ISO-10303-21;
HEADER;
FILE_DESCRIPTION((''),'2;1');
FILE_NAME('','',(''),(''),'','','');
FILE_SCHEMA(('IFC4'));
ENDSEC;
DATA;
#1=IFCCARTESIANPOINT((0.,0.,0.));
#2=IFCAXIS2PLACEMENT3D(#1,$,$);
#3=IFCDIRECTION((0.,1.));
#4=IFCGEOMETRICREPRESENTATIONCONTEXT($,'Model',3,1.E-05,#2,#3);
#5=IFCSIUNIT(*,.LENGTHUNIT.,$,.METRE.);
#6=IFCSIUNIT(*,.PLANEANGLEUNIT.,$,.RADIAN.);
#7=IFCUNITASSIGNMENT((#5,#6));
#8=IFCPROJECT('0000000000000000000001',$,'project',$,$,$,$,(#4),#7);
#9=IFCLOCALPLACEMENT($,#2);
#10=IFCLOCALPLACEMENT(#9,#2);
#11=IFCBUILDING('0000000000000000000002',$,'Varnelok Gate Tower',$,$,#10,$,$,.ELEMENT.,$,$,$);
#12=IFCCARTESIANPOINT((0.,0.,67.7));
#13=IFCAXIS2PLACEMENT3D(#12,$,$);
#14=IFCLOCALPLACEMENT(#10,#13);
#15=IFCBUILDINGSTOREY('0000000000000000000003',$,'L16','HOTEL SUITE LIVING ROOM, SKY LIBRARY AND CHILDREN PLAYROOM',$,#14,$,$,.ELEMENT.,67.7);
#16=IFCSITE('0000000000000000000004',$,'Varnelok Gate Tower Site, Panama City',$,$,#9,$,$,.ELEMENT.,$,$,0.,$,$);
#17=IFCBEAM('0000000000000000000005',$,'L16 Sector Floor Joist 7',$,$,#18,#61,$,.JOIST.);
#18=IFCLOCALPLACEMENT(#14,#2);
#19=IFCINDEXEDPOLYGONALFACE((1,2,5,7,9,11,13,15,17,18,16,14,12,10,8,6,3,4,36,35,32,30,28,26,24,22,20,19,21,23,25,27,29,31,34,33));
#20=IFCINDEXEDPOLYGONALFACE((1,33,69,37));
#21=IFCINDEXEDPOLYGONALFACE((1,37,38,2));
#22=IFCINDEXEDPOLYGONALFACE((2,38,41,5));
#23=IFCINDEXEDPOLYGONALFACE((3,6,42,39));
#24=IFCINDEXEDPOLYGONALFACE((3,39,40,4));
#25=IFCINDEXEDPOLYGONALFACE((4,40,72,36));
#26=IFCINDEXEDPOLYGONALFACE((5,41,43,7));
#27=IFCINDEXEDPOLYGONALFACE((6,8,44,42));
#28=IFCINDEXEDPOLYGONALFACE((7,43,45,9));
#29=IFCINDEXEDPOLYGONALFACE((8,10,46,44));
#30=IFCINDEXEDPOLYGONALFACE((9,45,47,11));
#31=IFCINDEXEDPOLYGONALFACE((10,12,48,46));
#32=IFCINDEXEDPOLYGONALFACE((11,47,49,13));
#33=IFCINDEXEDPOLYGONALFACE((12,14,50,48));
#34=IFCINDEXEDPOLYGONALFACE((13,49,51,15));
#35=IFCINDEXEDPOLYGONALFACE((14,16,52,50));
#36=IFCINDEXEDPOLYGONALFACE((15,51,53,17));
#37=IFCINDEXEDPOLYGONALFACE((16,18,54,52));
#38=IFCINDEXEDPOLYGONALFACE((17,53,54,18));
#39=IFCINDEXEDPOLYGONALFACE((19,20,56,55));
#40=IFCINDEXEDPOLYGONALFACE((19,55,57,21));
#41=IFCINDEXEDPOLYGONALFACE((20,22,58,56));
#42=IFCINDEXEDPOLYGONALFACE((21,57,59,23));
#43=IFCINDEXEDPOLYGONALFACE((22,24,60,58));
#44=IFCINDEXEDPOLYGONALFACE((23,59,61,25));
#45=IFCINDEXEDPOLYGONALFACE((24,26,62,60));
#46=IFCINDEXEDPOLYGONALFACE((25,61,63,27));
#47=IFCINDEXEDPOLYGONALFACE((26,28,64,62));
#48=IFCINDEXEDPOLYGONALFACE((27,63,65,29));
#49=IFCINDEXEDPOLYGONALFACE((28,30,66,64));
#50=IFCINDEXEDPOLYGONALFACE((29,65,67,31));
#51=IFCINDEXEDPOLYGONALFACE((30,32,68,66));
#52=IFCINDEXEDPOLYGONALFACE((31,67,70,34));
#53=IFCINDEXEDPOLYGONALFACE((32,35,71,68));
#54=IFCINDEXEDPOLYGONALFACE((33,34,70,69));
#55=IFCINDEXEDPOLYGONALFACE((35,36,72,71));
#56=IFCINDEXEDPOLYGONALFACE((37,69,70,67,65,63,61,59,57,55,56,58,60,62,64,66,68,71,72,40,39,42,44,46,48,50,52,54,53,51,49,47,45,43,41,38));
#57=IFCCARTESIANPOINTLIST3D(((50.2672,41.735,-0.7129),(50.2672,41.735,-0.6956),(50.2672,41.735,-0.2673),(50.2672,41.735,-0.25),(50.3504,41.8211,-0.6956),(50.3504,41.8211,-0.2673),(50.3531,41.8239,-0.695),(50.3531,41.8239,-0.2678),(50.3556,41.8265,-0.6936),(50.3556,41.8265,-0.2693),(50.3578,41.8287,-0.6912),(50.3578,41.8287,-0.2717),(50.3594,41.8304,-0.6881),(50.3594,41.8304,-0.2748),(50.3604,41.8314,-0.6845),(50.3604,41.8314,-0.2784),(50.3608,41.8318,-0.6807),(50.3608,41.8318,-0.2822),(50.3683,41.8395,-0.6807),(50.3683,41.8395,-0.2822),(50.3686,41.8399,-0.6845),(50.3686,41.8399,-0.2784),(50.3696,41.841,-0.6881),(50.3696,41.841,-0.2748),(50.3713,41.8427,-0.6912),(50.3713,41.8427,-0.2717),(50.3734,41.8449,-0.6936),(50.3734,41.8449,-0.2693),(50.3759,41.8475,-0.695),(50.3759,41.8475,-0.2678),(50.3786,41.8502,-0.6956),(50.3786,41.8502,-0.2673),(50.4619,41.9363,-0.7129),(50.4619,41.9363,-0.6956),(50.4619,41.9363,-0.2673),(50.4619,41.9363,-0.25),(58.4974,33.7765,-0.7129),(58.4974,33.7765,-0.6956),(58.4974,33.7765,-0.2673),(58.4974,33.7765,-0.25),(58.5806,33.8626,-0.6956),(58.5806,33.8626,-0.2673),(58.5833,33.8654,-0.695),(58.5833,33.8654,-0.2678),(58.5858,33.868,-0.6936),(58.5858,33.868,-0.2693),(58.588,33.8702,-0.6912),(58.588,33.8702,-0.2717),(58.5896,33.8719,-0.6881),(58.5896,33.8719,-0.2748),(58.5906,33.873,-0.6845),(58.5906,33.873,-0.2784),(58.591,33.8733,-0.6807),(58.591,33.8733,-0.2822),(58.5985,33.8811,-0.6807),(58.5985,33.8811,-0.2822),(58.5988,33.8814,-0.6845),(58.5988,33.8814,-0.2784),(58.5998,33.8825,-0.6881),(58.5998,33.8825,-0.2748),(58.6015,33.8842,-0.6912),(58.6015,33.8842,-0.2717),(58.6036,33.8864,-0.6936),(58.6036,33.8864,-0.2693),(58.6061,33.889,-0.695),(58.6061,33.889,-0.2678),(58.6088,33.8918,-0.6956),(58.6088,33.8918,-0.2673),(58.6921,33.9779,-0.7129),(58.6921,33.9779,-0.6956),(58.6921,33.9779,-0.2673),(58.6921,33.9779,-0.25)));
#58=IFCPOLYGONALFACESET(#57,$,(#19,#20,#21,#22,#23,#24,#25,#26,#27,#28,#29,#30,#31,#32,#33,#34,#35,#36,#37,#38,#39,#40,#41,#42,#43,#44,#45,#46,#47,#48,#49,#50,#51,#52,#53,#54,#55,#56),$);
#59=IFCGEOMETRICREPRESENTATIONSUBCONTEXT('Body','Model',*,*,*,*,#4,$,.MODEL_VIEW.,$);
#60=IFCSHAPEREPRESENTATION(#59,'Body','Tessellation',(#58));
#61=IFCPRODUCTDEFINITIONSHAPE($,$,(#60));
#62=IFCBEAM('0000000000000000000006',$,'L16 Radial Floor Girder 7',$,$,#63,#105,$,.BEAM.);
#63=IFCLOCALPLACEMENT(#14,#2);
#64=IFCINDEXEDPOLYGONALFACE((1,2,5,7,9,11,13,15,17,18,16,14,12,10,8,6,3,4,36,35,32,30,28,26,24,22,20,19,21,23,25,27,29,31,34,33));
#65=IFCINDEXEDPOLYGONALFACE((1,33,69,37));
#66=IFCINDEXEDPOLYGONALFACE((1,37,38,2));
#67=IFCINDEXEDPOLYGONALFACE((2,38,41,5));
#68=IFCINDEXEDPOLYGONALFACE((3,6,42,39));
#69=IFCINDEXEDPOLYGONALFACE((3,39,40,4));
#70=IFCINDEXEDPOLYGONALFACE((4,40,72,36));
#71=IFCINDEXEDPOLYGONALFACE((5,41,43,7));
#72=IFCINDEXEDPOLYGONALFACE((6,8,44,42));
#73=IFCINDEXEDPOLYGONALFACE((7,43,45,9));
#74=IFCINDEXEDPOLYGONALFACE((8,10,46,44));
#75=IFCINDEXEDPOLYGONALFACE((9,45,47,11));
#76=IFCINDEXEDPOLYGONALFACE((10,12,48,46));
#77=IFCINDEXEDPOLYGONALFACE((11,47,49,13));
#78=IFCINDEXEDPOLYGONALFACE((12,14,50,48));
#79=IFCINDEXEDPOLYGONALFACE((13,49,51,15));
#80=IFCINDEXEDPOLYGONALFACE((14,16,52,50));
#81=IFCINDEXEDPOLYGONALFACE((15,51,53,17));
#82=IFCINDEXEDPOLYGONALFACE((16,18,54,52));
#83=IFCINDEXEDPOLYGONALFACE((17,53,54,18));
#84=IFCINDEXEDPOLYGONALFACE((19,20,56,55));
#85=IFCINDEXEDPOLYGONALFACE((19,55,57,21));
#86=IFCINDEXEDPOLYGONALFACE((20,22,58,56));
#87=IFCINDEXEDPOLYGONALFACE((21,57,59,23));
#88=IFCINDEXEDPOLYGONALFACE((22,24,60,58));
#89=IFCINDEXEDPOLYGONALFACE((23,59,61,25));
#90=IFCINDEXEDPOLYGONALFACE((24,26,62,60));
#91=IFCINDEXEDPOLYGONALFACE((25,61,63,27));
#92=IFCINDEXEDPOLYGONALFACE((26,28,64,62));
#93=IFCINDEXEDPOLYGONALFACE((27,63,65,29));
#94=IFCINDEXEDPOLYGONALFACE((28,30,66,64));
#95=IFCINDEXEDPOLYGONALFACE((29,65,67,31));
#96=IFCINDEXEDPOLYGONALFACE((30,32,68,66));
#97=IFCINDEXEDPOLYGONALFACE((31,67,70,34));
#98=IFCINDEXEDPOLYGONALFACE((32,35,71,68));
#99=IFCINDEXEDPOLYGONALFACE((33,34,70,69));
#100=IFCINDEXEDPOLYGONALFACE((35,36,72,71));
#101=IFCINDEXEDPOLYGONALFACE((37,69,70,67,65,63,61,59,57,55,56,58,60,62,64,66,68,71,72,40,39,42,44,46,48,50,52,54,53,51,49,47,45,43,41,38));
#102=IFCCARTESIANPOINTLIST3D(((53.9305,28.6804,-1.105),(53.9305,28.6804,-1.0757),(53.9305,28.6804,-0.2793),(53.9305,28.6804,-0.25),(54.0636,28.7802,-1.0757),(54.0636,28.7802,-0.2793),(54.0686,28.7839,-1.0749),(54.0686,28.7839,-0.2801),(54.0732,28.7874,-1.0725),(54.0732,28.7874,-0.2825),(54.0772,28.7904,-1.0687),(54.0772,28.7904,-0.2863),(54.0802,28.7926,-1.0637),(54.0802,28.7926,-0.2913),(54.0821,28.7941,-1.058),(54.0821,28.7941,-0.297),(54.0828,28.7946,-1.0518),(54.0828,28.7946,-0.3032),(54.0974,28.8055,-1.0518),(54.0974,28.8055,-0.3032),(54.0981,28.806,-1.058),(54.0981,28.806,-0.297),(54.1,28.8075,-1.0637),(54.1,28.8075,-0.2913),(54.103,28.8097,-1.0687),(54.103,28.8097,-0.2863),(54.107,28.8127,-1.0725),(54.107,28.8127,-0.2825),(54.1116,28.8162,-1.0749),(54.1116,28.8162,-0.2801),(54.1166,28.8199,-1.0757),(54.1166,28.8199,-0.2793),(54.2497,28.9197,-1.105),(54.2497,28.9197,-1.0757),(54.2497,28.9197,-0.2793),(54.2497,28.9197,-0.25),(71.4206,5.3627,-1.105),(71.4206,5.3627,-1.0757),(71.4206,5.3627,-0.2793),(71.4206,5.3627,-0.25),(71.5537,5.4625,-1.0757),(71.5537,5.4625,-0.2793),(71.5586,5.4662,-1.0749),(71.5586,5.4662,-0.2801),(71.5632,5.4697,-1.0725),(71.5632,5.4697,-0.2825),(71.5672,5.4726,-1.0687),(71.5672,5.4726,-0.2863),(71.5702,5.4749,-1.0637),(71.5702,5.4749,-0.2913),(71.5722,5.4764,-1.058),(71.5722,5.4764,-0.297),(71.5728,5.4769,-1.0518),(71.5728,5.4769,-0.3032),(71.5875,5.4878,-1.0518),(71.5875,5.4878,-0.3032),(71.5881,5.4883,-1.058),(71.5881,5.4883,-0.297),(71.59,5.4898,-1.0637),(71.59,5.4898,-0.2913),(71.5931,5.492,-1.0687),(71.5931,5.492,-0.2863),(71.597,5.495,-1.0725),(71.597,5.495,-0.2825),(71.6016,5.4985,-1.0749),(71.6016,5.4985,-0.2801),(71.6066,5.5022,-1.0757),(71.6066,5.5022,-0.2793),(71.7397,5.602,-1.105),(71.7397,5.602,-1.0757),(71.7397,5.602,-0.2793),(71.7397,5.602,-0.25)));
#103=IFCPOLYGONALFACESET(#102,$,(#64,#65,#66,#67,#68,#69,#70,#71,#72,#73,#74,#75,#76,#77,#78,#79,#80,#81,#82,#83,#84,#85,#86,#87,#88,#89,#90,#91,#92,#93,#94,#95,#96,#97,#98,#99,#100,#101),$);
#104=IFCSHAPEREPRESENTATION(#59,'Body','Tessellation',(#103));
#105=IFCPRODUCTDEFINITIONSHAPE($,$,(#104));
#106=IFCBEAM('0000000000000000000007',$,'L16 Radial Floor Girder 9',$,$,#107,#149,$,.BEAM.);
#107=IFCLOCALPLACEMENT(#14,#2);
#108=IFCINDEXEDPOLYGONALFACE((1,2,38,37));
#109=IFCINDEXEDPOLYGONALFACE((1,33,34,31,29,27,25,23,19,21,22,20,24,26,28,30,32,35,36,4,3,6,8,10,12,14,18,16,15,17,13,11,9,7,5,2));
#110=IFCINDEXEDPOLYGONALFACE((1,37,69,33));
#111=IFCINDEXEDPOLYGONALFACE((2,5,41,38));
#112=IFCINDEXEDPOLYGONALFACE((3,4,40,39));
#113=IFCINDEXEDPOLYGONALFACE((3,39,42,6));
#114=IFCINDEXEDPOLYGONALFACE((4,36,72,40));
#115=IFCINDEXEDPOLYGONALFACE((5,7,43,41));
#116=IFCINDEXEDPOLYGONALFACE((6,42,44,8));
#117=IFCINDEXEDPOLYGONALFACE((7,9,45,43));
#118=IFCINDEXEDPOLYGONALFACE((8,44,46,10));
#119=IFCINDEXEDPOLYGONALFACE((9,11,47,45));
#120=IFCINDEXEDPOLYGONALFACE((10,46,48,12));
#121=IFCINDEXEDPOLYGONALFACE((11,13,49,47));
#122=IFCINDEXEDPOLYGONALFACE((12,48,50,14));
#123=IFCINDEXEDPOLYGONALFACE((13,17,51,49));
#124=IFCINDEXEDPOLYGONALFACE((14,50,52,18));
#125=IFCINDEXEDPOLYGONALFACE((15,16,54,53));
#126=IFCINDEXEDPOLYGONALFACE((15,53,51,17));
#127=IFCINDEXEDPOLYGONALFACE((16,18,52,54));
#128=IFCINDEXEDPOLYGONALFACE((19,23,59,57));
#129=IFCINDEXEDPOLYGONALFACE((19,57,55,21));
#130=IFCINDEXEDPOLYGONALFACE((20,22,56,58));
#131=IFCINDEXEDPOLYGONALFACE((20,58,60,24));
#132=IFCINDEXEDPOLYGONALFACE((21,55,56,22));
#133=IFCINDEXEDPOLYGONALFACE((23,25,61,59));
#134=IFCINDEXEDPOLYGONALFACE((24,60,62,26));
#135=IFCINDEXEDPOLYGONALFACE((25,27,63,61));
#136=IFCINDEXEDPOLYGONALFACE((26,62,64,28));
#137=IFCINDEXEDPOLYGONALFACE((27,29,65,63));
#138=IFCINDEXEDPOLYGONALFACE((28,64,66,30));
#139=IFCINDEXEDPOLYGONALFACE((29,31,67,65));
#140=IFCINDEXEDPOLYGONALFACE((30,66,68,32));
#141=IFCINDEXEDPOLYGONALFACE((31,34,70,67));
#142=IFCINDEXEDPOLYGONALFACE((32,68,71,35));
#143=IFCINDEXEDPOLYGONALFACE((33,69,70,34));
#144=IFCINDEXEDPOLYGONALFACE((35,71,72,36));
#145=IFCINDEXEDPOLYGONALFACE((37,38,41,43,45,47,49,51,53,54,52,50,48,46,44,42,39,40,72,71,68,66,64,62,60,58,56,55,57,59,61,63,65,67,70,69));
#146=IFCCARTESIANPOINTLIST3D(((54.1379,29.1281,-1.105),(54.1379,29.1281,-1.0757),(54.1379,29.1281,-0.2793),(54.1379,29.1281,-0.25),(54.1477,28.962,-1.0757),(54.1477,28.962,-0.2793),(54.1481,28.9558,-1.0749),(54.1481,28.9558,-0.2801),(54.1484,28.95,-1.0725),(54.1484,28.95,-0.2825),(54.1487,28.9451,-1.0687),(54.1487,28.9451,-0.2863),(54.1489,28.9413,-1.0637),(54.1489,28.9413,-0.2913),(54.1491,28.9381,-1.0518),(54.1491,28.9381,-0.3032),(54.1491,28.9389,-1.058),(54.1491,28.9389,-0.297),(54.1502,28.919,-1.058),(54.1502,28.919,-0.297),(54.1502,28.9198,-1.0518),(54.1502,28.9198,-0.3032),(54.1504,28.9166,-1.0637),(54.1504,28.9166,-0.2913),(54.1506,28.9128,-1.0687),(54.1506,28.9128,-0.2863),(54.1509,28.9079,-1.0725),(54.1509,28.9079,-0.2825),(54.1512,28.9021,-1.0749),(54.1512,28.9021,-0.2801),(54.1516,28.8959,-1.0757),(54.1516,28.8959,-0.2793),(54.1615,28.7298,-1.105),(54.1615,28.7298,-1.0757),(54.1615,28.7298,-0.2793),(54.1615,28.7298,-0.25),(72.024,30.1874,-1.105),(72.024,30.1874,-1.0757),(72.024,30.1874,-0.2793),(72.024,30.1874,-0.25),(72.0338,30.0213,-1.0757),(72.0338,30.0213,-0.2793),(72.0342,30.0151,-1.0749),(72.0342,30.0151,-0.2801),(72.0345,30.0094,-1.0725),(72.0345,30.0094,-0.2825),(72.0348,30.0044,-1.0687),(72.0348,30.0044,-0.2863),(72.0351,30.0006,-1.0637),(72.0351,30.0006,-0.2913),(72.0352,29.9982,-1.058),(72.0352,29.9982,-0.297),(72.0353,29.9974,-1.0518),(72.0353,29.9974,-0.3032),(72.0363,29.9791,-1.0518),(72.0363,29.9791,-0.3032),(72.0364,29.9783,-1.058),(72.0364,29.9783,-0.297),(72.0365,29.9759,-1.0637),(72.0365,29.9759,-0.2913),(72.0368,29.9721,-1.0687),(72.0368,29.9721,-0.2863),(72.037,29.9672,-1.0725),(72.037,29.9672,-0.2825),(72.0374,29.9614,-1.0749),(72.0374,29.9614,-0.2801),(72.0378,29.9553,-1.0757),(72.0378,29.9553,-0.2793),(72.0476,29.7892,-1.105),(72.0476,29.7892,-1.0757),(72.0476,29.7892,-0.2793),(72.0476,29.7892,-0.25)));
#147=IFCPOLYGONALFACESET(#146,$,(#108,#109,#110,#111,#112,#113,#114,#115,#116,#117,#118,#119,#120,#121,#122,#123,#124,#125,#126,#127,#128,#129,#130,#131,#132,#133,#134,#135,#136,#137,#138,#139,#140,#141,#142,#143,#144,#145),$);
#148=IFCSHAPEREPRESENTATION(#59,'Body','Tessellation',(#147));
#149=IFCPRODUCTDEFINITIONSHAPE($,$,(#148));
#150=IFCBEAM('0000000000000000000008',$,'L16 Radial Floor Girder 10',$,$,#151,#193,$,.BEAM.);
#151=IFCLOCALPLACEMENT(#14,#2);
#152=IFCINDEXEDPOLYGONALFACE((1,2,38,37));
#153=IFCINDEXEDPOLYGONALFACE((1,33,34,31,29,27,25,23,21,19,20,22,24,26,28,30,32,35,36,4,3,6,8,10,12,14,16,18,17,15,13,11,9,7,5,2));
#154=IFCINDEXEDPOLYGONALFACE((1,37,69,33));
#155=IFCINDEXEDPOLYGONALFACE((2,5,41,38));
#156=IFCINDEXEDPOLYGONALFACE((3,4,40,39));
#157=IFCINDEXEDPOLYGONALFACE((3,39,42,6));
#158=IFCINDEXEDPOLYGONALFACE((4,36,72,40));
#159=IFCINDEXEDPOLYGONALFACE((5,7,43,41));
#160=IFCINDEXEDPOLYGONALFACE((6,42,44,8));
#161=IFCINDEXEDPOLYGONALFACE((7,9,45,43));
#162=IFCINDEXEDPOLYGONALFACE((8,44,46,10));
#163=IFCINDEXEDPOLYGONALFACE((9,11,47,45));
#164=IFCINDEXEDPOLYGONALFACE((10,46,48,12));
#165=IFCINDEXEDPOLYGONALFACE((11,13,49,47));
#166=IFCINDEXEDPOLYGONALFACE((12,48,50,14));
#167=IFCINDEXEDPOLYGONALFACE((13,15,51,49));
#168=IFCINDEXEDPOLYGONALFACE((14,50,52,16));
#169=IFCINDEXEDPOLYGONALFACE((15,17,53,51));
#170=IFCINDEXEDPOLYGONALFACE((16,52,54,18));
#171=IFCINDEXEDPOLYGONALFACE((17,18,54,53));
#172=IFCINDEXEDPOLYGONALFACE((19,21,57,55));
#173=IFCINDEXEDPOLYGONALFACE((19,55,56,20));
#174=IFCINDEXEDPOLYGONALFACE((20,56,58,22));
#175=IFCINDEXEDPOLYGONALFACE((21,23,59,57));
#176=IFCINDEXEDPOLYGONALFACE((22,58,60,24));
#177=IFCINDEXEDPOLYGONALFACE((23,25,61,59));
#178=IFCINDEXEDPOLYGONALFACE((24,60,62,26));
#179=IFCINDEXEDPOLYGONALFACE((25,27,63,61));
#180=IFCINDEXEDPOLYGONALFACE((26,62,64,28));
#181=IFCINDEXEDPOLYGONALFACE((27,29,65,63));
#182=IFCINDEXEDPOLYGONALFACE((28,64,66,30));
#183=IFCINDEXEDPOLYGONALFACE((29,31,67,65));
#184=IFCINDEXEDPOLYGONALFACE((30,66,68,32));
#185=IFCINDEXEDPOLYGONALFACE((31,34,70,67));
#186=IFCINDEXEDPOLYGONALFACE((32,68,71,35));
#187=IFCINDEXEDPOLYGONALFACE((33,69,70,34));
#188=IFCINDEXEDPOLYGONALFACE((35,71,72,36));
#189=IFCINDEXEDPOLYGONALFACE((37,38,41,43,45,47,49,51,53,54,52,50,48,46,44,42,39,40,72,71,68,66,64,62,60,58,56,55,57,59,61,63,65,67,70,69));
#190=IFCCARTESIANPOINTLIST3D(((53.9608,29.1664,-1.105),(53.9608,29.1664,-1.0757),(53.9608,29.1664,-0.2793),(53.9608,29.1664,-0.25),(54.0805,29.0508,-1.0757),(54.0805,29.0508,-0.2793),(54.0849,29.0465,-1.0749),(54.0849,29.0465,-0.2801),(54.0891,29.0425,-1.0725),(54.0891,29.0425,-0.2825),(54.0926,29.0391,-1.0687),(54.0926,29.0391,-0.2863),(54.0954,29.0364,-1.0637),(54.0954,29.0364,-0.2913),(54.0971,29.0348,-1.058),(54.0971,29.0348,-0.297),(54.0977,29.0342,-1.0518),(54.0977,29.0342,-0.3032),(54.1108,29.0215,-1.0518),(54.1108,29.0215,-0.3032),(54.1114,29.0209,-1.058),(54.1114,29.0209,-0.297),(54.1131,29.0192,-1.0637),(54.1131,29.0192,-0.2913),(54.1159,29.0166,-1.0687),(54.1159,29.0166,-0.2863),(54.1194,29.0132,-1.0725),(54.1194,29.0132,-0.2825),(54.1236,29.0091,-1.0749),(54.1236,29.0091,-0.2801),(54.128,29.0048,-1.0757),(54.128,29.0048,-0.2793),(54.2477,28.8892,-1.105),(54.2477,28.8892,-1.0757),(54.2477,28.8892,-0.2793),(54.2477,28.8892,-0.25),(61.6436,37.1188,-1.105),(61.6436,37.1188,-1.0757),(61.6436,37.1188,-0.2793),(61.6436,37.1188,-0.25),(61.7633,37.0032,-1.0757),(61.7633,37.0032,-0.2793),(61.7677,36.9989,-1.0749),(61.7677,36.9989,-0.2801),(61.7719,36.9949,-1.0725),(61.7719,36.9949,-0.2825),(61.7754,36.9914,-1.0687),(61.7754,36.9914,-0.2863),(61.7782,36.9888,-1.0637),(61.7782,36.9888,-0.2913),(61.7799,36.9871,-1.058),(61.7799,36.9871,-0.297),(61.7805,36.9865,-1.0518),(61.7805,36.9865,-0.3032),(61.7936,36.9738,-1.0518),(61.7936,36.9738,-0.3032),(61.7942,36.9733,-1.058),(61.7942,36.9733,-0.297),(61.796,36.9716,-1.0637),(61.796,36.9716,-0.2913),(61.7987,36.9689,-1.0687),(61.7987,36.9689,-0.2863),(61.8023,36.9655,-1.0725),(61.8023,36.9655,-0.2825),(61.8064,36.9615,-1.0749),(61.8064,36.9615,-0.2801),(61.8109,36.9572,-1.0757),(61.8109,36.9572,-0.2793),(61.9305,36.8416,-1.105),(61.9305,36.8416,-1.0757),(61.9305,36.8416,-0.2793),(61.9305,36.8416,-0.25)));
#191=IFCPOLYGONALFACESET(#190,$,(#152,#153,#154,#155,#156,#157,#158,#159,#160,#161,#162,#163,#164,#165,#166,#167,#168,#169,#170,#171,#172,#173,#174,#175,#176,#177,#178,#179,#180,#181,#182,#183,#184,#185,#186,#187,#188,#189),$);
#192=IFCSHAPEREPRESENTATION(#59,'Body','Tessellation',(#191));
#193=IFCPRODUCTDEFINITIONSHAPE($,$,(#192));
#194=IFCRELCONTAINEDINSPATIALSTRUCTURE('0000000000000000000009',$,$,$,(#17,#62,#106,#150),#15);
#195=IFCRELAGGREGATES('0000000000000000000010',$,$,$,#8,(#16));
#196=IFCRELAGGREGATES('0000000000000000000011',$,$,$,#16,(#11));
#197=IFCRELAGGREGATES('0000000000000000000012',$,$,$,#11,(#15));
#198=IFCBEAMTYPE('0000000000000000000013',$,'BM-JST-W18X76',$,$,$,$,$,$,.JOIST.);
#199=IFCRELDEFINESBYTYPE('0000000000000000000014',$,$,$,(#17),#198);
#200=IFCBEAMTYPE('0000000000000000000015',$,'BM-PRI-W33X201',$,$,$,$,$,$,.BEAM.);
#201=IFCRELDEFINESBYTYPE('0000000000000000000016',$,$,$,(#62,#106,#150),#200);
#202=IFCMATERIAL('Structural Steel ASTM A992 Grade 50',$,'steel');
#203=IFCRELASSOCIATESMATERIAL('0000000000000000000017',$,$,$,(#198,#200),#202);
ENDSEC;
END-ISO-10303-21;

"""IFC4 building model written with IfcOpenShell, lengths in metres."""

from ifc_helpers import new_model, si_unit, direction, frame, origin, origin_2d, place, context, subcontext, project, spatial, i_section, extrude, material, material_profile, profile_set, type_object, element, save


model = new_model("IFC4")

# Units and contexts
model_context = context("Model", 3, precision=1e-05, world=origin(), true_north=direction((0.0, 1.0)))
body_context = subcontext(model_context, "Body", "Model", "MODEL_VIEW")
ifc_project = project(units=[si_unit("LENGTHUNIT", "METRE"), si_unit("PLANEANGLEUNIT", "RADIAN")], contexts=[model_context])

# Site, building, storey
site_placement = place(None, origin())
site = spatial("IfcSite", under=ifc_project, at=site_placement, Name="Varnelok Gate Tower Site, Panama City", CompositionType="ELEMENT", RefElevation=0.0)
building_placement = place(site_placement, origin())
building = spatial("IfcBuilding", under=site, at=building_placement, Name="Varnelok Gate Tower", CompositionType="ELEMENT")
storey_placement = place(building_placement, frame((0.0, 0.0, 67.7)))
storey = spatial("IfcBuildingStorey", under=building, at=storey_placement, Name="L16", Description="HOTEL SUITE LIVING ROOM, SKY LIBRARY AND CHILDREN PLAYROOM", CompositionType="ELEMENT", Elevation=67.7)

# Shared definitions
ifc_material_1 = material(Name="Structural Steel ASTM A992 Grade 50", Category="steel")

# Beams
ifc_material_profile_1 = material_profile(ifc_material_1, i_section(OverallWidth=0.28, OverallDepth=0.4629, WebThickness=0.0107, FlangeThickness=0.0173, FilletRadius=0.0149, at=origin_2d()), Name="W18X76")
ifc_profile_set_1 = profile_set([ifc_material_profile_1], Name="Structural Steel ASTM A992 Grade 50")
beam_type_1 = type_object("IfcBeamType", Name="BM-JST-W18X76", PredefinedType="JOIST", material=ifc_profile_set_1)
beam_1_placement = place(storey_placement, frame((58.5947, 33.8772, -0.4814), z_axis=(-0.718874, 0.69514, 0.0), x_axis=(-0.69514, -0.718874, 0.0)))
element("IfcBeam", 1, at=beam_1_placement, inside=storey, type_object=beam_type_1, Name="L16 Sector Floor Joist 7", PredefinedType="JOIST", context=body_context, shape_type="SweptSolid", body=[
    extrude(i_section(OverallWidth=0.28, OverallDepth=0.4629, WebThickness=0.0107, FlangeThickness=0.0173, FilletRadius=0.0149, at=origin_2d()), origin(), (0.0, 0.0, 1.0), 11.4487),
])
ifc_material_profile_2 = material_profile(ifc_material_1, i_section(OverallWidth=0.3989, OverallDepth=0.855, WebThickness=0.0183, FlangeThickness=0.0293, FilletRadius=0.0239, at=origin_2d()), Name="W33X201")
ifc_profile_set_2 = profile_set([ifc_material_profile_2], Name="Structural Steel ASTM A992 Grade 50")
beam_type_2 = type_object("IfcBeamType", Name="BM-PRI-W33X201", PredefinedType="BEAM", material=ifc_profile_set_2)
beam_2_placement = place(storey_placement, frame((54.0901, 28.8, -0.6775), z_axis=(0.600039, -0.799971, 0.0), x_axis=(0.799971, 0.600039, 0.0)))
element("IfcBeam", 2, at=beam_2_placement, inside=storey, type_object=beam_type_2, Name="L16 Radial Floor Girder 7", PredefinedType="BEAM", context=body_context, shape_type="SweptSolid", body=[
    extrude(i_section(OverallWidth=0.3989, OverallDepth=0.855, WebThickness=0.0183, FlangeThickness=0.0293, FilletRadius=0.0239, at=origin_2d()), origin(), (0.0, 0.0, 1.0), 29.1482),
])
beam_3_placement = place(storey_placement, frame((54.1497, 28.929, -0.6775), z_axis=(0.998251, 0.059122, 0.0), x_axis=(-0.059122, 0.998251, 0.0)))
element("IfcBeam", 3, at=beam_3_placement, inside=storey, type_object=beam_type_2, Name="L16 Radial Floor Girder 9", PredefinedType="BEAM", context=body_context, shape_type="SweptSolid", body=[
    extrude(i_section(OverallWidth=0.3989, OverallDepth=0.855, WebThickness=0.0183, FlangeThickness=0.0293, FilletRadius=0.0239, at=origin_2d()), origin(), (0.0, 0.0, 1.0), 17.9175),
])
beam_4_placement = place(storey_placement, frame((54.1042, 29.0278, -0.6775), z_axis=(0.694814, 0.71919, 0.0), x_axis=(-0.71919, 0.694814, 0.0)))
element("IfcBeam", 4, at=beam_4_placement, inside=storey, type_object=beam_type_2, Name="L16 Radial Floor Girder 10", PredefinedType="BEAM", context=body_context, shape_type="SweptSolid", body=[
    extrude(i_section(OverallWidth=0.3989, OverallDepth=0.855, WebThickness=0.0183, FlangeThickness=0.0293, FilletRadius=0.0239, at=origin_2d()), origin(), (0.0, 0.0, 1.0), 11.0574),
])

save(model, "model.ifc")
